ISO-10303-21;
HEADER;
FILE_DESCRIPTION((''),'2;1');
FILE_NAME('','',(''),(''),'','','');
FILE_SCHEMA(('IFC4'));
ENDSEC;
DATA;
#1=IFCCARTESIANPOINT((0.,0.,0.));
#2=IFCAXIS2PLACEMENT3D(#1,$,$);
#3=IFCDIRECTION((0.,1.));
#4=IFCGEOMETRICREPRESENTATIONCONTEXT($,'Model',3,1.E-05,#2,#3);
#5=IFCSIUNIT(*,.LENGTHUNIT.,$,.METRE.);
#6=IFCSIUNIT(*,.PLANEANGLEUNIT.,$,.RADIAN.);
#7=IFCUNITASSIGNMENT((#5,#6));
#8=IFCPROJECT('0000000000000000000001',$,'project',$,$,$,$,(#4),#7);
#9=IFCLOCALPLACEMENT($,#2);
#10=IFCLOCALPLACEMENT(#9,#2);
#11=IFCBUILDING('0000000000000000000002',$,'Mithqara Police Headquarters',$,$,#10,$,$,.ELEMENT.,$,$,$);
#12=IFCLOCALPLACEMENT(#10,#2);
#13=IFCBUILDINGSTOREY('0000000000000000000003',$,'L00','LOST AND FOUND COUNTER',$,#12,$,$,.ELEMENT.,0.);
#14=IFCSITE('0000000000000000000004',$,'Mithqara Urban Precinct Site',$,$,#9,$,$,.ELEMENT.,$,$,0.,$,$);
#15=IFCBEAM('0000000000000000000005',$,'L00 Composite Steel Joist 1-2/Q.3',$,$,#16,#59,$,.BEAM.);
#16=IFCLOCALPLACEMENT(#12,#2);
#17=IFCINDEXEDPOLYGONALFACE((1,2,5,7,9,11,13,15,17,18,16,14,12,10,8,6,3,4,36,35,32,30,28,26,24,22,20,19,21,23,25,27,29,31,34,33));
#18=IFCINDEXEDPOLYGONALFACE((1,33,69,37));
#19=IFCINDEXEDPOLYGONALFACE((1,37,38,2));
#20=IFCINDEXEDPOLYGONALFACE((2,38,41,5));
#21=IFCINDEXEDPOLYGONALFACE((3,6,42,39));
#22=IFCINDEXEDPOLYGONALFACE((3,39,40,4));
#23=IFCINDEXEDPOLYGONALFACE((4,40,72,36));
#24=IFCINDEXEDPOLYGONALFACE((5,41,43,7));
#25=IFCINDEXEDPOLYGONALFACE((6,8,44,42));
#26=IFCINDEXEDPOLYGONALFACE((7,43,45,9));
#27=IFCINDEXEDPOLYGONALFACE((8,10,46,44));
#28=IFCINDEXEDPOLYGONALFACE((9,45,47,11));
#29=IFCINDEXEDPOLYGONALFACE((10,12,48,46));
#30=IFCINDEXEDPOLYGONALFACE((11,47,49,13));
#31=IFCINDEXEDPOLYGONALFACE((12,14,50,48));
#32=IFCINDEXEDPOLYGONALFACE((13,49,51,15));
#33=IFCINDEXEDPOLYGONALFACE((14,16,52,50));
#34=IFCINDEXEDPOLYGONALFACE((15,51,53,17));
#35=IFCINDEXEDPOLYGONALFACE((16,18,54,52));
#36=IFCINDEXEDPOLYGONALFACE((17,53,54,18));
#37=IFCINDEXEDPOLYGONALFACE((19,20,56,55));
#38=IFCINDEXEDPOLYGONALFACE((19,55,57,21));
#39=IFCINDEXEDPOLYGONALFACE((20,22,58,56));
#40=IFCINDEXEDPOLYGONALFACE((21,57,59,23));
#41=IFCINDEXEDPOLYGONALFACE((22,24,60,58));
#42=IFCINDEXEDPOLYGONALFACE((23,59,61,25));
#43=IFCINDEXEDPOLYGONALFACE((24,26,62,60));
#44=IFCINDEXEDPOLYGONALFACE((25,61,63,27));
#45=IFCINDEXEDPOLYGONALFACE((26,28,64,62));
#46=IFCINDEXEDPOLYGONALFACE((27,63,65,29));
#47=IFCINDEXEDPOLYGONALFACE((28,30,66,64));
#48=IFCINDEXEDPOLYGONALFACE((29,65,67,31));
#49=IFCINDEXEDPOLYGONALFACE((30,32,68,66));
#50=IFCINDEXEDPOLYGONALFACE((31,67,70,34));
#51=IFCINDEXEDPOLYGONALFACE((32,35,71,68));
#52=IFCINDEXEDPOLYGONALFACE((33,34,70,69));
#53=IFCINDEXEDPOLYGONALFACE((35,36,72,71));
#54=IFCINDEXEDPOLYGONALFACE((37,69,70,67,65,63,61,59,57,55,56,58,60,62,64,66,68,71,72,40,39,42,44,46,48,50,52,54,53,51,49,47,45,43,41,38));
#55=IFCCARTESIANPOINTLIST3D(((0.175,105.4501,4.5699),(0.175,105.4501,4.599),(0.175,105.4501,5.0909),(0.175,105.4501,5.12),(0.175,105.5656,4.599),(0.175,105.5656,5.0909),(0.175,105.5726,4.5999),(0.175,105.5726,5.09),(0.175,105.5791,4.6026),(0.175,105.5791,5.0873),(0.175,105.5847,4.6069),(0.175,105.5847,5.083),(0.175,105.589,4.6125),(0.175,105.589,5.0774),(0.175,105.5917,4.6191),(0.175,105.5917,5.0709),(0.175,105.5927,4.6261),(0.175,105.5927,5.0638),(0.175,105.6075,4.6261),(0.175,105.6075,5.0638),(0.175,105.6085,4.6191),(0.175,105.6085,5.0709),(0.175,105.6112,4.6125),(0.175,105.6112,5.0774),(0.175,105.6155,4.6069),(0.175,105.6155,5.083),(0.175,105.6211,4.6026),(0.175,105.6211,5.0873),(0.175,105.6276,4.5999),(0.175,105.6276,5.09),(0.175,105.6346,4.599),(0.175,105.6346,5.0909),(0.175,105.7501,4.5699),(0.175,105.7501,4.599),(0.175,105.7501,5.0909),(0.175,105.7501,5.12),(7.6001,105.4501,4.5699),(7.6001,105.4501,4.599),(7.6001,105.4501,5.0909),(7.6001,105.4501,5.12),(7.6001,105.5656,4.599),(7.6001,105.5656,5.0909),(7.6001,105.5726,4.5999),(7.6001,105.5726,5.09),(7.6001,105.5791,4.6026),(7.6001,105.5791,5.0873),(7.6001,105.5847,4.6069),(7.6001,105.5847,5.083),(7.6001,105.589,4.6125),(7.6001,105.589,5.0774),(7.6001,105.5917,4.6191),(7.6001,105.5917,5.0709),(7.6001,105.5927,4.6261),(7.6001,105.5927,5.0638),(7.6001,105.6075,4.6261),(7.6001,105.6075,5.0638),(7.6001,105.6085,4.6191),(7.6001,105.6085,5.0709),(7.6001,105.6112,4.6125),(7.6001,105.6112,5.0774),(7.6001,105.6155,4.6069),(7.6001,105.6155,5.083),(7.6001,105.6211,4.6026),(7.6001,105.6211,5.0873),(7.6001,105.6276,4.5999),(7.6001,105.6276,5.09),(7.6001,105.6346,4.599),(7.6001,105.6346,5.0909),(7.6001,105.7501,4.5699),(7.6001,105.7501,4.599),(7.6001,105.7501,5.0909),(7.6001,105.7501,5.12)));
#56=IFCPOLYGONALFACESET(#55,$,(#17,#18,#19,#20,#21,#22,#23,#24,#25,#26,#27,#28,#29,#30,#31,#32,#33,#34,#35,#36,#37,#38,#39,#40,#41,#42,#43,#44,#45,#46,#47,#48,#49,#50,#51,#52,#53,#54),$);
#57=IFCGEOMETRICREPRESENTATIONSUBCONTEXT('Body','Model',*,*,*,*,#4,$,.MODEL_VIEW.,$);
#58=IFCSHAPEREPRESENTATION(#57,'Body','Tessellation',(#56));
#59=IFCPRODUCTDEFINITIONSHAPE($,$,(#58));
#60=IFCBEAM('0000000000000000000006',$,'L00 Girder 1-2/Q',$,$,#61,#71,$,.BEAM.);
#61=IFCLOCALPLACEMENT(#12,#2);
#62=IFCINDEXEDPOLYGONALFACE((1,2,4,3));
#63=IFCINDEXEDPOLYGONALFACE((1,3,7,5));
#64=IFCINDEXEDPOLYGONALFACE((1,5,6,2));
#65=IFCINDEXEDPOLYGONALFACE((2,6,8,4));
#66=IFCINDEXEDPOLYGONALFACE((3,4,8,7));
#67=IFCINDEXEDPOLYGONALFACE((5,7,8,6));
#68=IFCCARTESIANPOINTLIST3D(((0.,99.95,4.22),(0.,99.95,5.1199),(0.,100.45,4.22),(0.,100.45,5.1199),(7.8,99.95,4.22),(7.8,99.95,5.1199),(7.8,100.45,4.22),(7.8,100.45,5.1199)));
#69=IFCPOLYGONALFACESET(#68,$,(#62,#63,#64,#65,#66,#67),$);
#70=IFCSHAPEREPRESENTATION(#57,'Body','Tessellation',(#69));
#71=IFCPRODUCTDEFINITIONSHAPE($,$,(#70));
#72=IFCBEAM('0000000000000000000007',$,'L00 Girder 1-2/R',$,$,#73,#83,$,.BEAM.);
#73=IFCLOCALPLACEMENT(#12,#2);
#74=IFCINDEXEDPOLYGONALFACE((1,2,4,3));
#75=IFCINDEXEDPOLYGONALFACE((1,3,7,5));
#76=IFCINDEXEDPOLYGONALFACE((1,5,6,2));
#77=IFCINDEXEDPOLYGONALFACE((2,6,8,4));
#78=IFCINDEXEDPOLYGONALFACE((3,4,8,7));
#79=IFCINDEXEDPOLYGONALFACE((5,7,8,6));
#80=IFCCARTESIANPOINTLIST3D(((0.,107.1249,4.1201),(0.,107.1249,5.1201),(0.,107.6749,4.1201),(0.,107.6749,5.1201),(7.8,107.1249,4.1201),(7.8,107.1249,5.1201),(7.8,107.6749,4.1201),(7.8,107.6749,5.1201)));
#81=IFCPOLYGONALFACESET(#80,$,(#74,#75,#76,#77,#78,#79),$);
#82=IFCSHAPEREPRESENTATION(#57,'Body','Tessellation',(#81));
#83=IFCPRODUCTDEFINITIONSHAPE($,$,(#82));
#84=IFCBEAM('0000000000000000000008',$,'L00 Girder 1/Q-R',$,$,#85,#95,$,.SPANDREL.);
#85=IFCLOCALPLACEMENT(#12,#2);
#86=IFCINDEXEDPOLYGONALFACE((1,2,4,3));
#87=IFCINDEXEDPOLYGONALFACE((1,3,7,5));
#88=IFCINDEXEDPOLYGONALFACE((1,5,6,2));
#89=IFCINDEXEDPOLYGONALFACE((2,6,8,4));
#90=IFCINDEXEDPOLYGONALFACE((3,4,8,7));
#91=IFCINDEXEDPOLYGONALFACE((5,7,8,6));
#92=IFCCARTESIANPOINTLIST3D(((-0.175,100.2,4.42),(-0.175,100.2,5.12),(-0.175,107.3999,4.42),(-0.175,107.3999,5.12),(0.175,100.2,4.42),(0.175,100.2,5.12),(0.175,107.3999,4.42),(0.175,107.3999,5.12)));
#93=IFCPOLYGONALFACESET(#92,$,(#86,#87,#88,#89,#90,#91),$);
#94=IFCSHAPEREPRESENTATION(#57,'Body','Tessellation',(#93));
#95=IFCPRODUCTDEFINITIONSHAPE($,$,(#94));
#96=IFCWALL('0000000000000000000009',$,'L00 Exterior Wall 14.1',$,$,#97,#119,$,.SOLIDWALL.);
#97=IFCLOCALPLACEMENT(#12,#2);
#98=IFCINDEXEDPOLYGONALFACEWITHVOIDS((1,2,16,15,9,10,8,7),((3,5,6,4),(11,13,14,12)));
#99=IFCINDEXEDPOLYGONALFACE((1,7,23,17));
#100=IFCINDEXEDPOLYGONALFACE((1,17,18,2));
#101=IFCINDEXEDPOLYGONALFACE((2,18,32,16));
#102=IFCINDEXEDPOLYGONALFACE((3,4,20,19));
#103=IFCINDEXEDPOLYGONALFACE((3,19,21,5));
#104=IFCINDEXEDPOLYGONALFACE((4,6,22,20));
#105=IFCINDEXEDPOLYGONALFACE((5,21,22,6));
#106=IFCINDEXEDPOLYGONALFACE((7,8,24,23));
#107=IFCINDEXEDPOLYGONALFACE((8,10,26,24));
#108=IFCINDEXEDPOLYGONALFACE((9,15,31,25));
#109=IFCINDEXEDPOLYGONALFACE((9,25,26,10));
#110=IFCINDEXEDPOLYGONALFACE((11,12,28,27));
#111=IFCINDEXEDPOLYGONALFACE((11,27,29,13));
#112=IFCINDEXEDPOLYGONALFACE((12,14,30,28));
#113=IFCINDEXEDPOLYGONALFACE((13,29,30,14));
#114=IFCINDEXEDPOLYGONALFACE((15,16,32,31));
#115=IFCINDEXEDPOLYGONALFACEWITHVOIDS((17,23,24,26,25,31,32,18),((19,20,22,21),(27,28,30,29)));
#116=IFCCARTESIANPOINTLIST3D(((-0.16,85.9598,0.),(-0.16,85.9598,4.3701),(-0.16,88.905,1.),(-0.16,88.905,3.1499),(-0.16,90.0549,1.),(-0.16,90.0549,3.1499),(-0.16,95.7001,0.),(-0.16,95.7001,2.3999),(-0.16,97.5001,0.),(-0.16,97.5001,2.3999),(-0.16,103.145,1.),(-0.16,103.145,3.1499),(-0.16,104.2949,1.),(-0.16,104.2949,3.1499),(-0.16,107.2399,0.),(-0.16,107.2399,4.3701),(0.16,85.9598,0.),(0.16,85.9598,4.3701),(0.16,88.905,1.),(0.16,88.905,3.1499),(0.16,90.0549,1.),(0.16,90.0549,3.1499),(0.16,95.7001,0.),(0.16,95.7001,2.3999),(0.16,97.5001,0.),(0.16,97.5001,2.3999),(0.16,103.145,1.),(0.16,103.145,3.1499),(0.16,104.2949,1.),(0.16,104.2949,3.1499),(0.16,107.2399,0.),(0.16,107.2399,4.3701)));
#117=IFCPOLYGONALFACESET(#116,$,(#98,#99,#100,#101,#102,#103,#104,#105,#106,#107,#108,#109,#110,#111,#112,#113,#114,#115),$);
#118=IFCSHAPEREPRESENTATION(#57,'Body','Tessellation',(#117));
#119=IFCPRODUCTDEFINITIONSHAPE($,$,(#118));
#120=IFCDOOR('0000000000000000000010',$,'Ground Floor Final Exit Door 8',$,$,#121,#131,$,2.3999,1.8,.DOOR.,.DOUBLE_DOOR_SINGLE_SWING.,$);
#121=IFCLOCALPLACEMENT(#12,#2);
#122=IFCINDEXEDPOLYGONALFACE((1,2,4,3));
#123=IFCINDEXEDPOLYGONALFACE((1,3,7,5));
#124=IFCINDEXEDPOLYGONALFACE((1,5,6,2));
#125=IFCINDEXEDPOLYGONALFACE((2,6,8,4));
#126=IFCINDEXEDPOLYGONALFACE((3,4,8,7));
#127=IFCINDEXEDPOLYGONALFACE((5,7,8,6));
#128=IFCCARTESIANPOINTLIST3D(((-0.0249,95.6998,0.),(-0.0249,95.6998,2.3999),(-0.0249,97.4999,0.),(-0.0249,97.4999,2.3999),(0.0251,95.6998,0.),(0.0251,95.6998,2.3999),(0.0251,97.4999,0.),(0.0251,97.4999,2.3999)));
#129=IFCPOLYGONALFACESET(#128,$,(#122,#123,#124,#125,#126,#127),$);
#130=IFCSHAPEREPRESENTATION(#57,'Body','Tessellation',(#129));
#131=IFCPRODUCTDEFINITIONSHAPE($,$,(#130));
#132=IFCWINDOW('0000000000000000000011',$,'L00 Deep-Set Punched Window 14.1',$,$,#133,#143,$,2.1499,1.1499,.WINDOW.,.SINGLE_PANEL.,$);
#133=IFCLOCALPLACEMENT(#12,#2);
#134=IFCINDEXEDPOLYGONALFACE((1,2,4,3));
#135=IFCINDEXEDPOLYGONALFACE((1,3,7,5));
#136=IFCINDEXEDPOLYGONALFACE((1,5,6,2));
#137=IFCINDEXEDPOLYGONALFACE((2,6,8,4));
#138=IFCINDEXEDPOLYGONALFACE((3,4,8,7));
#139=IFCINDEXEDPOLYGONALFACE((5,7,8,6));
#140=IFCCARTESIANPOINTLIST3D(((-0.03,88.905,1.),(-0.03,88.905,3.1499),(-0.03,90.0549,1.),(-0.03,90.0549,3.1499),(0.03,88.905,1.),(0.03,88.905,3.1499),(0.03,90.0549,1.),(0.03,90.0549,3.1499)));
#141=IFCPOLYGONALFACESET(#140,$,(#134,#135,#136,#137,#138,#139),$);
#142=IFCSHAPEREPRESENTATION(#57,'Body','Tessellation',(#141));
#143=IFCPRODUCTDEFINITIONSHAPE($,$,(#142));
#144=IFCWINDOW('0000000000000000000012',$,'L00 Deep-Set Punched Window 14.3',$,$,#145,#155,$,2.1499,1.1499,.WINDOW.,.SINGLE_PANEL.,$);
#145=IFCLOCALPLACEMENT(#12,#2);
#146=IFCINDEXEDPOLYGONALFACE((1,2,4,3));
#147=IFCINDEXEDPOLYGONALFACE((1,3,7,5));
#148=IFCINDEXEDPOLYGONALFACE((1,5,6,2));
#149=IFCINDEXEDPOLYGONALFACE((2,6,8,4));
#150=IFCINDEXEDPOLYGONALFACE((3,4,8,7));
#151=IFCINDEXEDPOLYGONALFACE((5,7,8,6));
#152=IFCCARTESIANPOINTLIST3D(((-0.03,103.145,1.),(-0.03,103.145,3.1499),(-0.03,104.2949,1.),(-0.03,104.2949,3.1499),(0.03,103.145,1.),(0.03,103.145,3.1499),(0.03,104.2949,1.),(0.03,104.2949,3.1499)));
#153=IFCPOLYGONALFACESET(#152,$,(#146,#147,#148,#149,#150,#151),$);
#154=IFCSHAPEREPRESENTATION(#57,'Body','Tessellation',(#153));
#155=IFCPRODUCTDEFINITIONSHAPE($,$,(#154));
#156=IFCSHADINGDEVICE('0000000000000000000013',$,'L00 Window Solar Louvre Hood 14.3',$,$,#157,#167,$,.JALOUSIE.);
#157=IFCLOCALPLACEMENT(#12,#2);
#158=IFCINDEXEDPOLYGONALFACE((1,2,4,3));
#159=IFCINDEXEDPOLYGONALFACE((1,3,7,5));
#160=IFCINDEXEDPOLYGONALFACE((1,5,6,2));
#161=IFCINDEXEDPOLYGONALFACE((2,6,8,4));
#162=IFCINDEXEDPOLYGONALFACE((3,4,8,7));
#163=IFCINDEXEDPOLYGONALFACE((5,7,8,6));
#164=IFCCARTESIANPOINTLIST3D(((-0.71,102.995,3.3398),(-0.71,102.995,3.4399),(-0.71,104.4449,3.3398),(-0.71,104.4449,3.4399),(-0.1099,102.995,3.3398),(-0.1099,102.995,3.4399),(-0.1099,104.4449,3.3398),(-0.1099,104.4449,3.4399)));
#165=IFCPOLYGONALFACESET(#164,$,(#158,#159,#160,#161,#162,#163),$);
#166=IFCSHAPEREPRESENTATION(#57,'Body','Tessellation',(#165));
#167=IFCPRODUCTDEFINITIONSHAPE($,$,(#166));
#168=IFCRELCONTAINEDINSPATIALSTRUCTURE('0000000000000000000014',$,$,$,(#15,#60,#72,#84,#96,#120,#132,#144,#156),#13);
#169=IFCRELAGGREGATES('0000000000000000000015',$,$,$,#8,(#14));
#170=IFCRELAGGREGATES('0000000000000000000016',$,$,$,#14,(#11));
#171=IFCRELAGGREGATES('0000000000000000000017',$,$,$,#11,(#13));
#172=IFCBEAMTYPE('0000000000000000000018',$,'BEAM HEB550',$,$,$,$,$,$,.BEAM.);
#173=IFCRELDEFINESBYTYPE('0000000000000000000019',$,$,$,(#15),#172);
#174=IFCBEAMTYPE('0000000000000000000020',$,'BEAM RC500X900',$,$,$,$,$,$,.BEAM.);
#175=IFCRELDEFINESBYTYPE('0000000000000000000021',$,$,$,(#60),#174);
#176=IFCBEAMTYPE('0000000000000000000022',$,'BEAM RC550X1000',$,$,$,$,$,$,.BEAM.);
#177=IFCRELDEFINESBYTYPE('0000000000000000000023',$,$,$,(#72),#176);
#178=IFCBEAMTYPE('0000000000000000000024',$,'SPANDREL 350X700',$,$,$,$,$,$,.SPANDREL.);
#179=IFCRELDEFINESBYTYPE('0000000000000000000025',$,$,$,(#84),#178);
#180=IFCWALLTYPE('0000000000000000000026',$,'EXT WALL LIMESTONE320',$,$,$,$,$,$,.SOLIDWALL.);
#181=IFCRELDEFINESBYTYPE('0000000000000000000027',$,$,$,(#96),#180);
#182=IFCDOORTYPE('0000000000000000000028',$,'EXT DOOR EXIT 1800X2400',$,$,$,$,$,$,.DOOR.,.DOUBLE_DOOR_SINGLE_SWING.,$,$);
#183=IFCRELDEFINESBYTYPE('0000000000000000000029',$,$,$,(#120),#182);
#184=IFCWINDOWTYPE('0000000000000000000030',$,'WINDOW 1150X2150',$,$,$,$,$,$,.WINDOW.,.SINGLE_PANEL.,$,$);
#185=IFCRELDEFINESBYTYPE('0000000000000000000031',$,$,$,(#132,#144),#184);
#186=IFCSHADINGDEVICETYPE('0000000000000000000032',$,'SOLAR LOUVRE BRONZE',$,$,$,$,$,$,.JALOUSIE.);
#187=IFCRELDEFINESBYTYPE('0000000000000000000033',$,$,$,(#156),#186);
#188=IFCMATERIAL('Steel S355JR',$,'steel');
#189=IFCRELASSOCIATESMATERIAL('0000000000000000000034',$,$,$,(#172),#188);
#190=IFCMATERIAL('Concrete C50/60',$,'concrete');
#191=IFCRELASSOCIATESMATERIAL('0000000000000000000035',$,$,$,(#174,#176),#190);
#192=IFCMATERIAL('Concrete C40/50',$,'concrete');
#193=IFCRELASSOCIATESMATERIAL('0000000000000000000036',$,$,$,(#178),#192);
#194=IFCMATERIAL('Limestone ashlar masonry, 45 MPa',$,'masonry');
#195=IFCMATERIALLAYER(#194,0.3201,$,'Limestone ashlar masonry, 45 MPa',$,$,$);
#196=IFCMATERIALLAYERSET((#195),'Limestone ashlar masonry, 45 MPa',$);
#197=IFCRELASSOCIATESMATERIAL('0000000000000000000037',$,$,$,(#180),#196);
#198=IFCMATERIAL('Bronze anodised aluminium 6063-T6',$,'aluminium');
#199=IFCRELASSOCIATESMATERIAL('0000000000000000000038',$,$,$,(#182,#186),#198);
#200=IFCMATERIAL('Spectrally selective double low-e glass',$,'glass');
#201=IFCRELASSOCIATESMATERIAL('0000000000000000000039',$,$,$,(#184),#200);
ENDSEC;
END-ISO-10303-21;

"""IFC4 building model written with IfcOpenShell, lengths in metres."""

from ifc_helpers import new_model, si_unit, direction, frame, frame_2d, origin, origin_2d, place, context, subcontext, project, spatial, rectangle, i_section, extrude, material, layer, layer_set, material_profile, profile_set, type_object, element, fill, save


model = new_model("IFC4")

# Units and contexts
model_context = context("Model", 3, precision=1e-05, world=origin(), true_north=direction((0.0, 1.0)))
body_context = subcontext(model_context, "Body", "Model", "MODEL_VIEW")
ifc_project = project(units=[si_unit("LENGTHUNIT", "METRE"), si_unit("PLANEANGLEUNIT", "RADIAN")], contexts=[model_context])

# Site, building, storey
site_placement = place(None, origin())
site = spatial("IfcSite", under=ifc_project, at=site_placement, Name="Mithqara Urban Precinct Site", CompositionType="ELEMENT", RefElevation=0.0)
building_placement = place(site_placement, origin())
building = spatial("IfcBuilding", under=site, at=building_placement, Name="Mithqara Police Headquarters", CompositionType="ELEMENT")
storey_placement = place(building_placement, origin())
storey = spatial("IfcBuildingStorey", under=building, at=storey_placement, Name="L00", Description="LOST AND FOUND COUNTER", CompositionType="ELEMENT", Elevation=0.0)

# Shared definitions
ifc_material_1 = material(Name="Concrete C40/50", Category="concrete")

# Shared definitions
ifc_material_2 = material(Name="Concrete C50/60", Category="concrete")

# Beams
ifc_material_3 = material(Name="Steel S355JR", Category="steel")
ifc_material_profile_1 = material_profile(ifc_material_3, i_section(OverallWidth=0.3, OverallDepth=0.55, WebThickness=0.0149, FlangeThickness=0.0291, FilletRadius=0.0271, at=origin_2d()), Name="HEB 550")
ifc_profile_set_1 = profile_set([ifc_material_profile_1], Name="Steel S355JR")
beam_type_1 = type_object("IfcBeamType", Name="BEAM HEB550", PredefinedType="BEAM", material=ifc_profile_set_1)
for number, where, z_axis, x_axis, name in (
    (1, (0.175, 105.6001, 4.845), (1.0, 0.0, 0.0), (0.0, 1.0, 0.0), "L00 Composite Steel Joist 1-2/Q.3"),
):
    element("IfcBeam", number, at=place(storey_placement, frame(where, z_axis=z_axis, x_axis=x_axis)), inside=storey, type_object=beam_type_1, Name=name, PredefinedType="BEAM", context=body_context, shape_type="SweptSolid", body=[
        extrude(i_section(OverallWidth=0.3, OverallDepth=0.55, WebThickness=0.0149, FlangeThickness=0.0291, FilletRadius=0.0271, at=origin_2d()), origin(), (0.0, 0.0, 1.0), 7.425),
    ])
ifc_material_profile_2 = material_profile(ifc_material_2, rectangle(XDim=0.5, YDim=0.8999, at=origin_2d()), Name="RC 500x900")
ifc_profile_set_2 = profile_set([ifc_material_profile_2], Name="Concrete C50/60")
beam_type_2 = type_object("IfcBeamType", Name="BEAM RC500X900", PredefinedType="BEAM", material=ifc_profile_set_2)
beam_1_placement = place(storey_placement, frame((0.0, 100.2, 4.6699), z_axis=(1.0, 0.0, 0.0), x_axis=(0.0, 1.0, 0.0)))
element("IfcBeam", 2, at=beam_1_placement, inside=storey, type_object=beam_type_2, Name="L00 Girder 1-2/Q", PredefinedType="BEAM", context=body_context, shape_type="SweptSolid", body=[
    extrude(rectangle(XDim=0.5, YDim=0.8999, at=origin_2d()), origin(), (0.0, 0.0, 1.0), 7.8),
])
ifc_material_profile_3 = material_profile(ifc_material_2, rectangle(XDim=0.55, YDim=1.0, at=origin_2d()), Name="RC 550x1000")
ifc_profile_set_3 = profile_set([ifc_material_profile_3], Name="Concrete C50/60")
beam_type_3 = type_object("IfcBeamType", Name="BEAM RC550X1000", PredefinedType="BEAM", material=ifc_profile_set_3)
beam_2_placement = place(storey_placement, frame((0.0, 107.3999, 4.6201), z_axis=(1.0, 0.0, 0.0), x_axis=(0.0, 1.0, 0.0)))
element("IfcBeam", 3, at=beam_2_placement, inside=storey, type_object=beam_type_3, Name="L00 Girder 1-2/R", PredefinedType="BEAM", context=body_context, shape_type="SweptSolid", body=[
    extrude(rectangle(XDim=0.55, YDim=1.0, at=origin_2d()), origin(), (0.0, 0.0, 1.0), 7.8),
])
ifc_material_profile_4 = material_profile(ifc_material_1, rectangle(XDim=0.3501, YDim=0.7, at=origin_2d()), Name="SPB 350x700")
ifc_profile_set_4 = profile_set([ifc_material_profile_4], Name="Concrete C40/50")
beam_type_4 = type_object("IfcBeamType", Name="SPANDREL 350X700", PredefinedType="SPANDREL", material=ifc_profile_set_4)
beam_3_placement = place(storey_placement, frame((0.0, 100.2, 4.77), z_axis=(0.0, 1.0, 0.0), x_axis=(-1.0, 0.0, 0.0)))
element("IfcBeam", 4, at=beam_3_placement, inside=storey, type_object=beam_type_4, Name="L00 Girder 1/Q-R", PredefinedType="SPANDREL", context=body_context, shape_type="SweptSolid", body=[
    extrude(rectangle(XDim=0.3501, YDim=0.7, at=origin_2d()), origin(), (0.0, 0.0, 1.0), 7.2),
])

# Wall, openings, door, windows
ifc_material_4 = material(Name="Limestone ashlar masonry, 45 MPa", Category="masonry")
ifc_layer_1 = layer(ifc_material_4, 0.3201, Name="Limestone ashlar masonry, 45 MPa")
ifc_layer_set_1 = layer_set([ifc_layer_1], Name="Limestone ashlar masonry, 45 MPa")
wall_type = type_object("IfcWallType", Name="EXT WALL LIMESTONE320", PredefinedType="SOLIDWALL", material=ifc_layer_set_1)
wall_placement = place(storey_placement, frame((0.0, 107.24, 0.0), z_axis=(0.0, 0.0, 1.0), x_axis=(0.0, -1.0, 0.0)))
wall = element("IfcWall", 5, at=wall_placement, inside=storey, type_object=wall_type, Name="L00 Exterior Wall 14.1", PredefinedType="SOLIDWALL", context=body_context, shape_type="SweptSolid", body=[
    extrude(rectangle(XDim=21.28, YDim=0.3201, at=frame_2d((10.6401, 0.0))), origin(), (0.0, 0.0, 1.0), 4.3701),
])
opening_1_placement = place(wall_placement, frame((9.74, 0.0, 0.0)))
opening_1 = element("IfcOpeningElement", 6, at=opening_1_placement, cuts=wall, PredefinedType="OPENING", context=body_context, shape_type="SweptSolid", body=[
    extrude(rectangle(XDim=1.8, YDim=2.3999, at=frame_2d((0.8999, 1.2))), frame((0.0, 0.1699, 0.0), z_axis=(0.0, -1.0, 0.0), x_axis=(1.0, 0.0, 0.0)), (0.0, 0.0, 1.0), 0.3401),
])
opening_2_placement = place(wall_placement, frame((17.1851, 0.0, 1.0)))
opening_2 = element("IfcOpeningElement", 7, at=opening_2_placement, cuts=wall, PredefinedType="OPENING", context=body_context, shape_type="SweptSolid", body=[
    extrude(rectangle(XDim=1.1499, YDim=2.1499, at=frame_2d((0.575, 1.075))), frame((0.0, 0.1699, 0.0), z_axis=(0.0, -1.0, 0.0), x_axis=(1.0, 0.0, 0.0)), (0.0, 0.0, 1.0), 0.3401),
])
opening_3_placement = place(wall_placement, frame((2.9451, 0.0, 1.0)))
opening_3 = element("IfcOpeningElement", 8, at=opening_3_placement, cuts=wall, PredefinedType="OPENING", context=body_context, shape_type="SweptSolid", body=[
    extrude(rectangle(XDim=1.1499, YDim=2.1499, at=frame_2d((0.575, 1.075))), frame((0.0, 0.1699, 0.0), z_axis=(0.0, -1.0, 0.0), x_axis=(1.0, 0.0, 0.0)), (0.0, 0.0, 1.0), 0.3401),
])
ifc_material_5 = material(Name="Bronze anodised aluminium 6063-T6", Category="aluminium")
door_type = type_object("IfcDoorType", Name="EXT DOOR EXIT 1800X2400", OperationType="DOUBLE_DOOR_SINGLE_SWING", PredefinedType="DOOR", material=ifc_material_5)
door_placement = place(opening_1_placement, frame((1.8, 0.0, 0.0), z_axis=(0.0, 0.0, 1.0), x_axis=(-1.0, 0.0, 0.0)))
door = element("IfcDoor", 9, at=door_placement, inside=storey, type_object=door_type, Name="Ground Floor Final Exit Door 8", OperationType="DOUBLE_DOOR_SINGLE_SWING", OverallHeight=2.3999, OverallWidth=1.8, PredefinedType="DOOR", context=body_context, shape_type="SweptSolid", body=[
    extrude(rectangle(XDim=1.8, YDim=2.3999, at=frame_2d((0.8999, 1.2))), frame((0.0, 0.0249, 0.0), z_axis=(0.0, -1.0, 0.0), x_axis=(1.0, 0.0, 0.0)), (0.0, 0.0, 1.0), 0.05),
])
fill(opening_1, door)
ifc_material_6 = material(Name="Spectrally selective double low-e glass", Category="glass")
window_type = type_object("IfcWindowType", Name="WINDOW 1150X2150", PartitioningType="SINGLE_PANEL", PredefinedType="WINDOW", material=ifc_material_6)
window_1_placement = place(opening_2_placement, origin())
window_1 = element("IfcWindow", 10, at=window_1_placement, inside=storey, type_object=window_type, Name="L00 Deep-Set Punched Window 14.1", OverallHeight=2.1499, OverallWidth=1.1499, PartitioningType="SINGLE_PANEL", PredefinedType="WINDOW", context=body_context, shape_type="SweptSolid", body=[
    extrude(rectangle(XDim=1.1499, YDim=2.1499, at=frame_2d((0.575, 1.075))), frame((0.0, 0.03, 0.0), z_axis=(0.0, -1.0, 0.0), x_axis=(1.0, 0.0, 0.0)), (0.0, 0.0, 1.0), 0.0601),
])
fill(opening_2, window_1)
window_2_placement = place(opening_3_placement, origin())
window_2 = element("IfcWindow", 11, at=window_2_placement, inside=storey, type_object=window_type, Name="L00 Deep-Set Punched Window 14.3", OverallHeight=2.1499, OverallWidth=1.1499, PartitioningType="SINGLE_PANEL", PredefinedType="WINDOW", context=body_context, shape_type="SweptSolid", body=[
    extrude(rectangle(XDim=1.1499, YDim=2.1499, at=frame_2d((0.575, 1.075))), frame((0.0, 0.03, 0.0), z_axis=(0.0, -1.0, 0.0), x_axis=(1.0, 0.0, 0.0)), (0.0, 0.0, 1.0), 0.0601),
])
fill(opening_3, window_2)

# Shading device
shading_device_type = type_object("IfcShadingDeviceType", Name="SOLAR LOUVRE BRONZE", PredefinedType="JALOUSIE", material=ifc_material_5)
shading_device_placement = place(storey_placement, frame((-0.4099, 103.72, 3.3398), z_axis=(0.0, 0.0, 1.0), x_axis=(0.0, 1.0, 0.0)))
element("IfcShadingDevice", 12, at=shading_device_placement, inside=storey, type_object=shading_device_type, Name="L00 Window Solar Louvre Hood 14.3", PredefinedType="JALOUSIE", context=body_context, shape_type="SweptSolid", body=[
    extrude(rectangle(XDim=1.45, YDim=0.6001, at=origin_2d()), origin(), (0.0, 0.0, 1.0), 0.1001),
])

save(model, "model.ifc")
